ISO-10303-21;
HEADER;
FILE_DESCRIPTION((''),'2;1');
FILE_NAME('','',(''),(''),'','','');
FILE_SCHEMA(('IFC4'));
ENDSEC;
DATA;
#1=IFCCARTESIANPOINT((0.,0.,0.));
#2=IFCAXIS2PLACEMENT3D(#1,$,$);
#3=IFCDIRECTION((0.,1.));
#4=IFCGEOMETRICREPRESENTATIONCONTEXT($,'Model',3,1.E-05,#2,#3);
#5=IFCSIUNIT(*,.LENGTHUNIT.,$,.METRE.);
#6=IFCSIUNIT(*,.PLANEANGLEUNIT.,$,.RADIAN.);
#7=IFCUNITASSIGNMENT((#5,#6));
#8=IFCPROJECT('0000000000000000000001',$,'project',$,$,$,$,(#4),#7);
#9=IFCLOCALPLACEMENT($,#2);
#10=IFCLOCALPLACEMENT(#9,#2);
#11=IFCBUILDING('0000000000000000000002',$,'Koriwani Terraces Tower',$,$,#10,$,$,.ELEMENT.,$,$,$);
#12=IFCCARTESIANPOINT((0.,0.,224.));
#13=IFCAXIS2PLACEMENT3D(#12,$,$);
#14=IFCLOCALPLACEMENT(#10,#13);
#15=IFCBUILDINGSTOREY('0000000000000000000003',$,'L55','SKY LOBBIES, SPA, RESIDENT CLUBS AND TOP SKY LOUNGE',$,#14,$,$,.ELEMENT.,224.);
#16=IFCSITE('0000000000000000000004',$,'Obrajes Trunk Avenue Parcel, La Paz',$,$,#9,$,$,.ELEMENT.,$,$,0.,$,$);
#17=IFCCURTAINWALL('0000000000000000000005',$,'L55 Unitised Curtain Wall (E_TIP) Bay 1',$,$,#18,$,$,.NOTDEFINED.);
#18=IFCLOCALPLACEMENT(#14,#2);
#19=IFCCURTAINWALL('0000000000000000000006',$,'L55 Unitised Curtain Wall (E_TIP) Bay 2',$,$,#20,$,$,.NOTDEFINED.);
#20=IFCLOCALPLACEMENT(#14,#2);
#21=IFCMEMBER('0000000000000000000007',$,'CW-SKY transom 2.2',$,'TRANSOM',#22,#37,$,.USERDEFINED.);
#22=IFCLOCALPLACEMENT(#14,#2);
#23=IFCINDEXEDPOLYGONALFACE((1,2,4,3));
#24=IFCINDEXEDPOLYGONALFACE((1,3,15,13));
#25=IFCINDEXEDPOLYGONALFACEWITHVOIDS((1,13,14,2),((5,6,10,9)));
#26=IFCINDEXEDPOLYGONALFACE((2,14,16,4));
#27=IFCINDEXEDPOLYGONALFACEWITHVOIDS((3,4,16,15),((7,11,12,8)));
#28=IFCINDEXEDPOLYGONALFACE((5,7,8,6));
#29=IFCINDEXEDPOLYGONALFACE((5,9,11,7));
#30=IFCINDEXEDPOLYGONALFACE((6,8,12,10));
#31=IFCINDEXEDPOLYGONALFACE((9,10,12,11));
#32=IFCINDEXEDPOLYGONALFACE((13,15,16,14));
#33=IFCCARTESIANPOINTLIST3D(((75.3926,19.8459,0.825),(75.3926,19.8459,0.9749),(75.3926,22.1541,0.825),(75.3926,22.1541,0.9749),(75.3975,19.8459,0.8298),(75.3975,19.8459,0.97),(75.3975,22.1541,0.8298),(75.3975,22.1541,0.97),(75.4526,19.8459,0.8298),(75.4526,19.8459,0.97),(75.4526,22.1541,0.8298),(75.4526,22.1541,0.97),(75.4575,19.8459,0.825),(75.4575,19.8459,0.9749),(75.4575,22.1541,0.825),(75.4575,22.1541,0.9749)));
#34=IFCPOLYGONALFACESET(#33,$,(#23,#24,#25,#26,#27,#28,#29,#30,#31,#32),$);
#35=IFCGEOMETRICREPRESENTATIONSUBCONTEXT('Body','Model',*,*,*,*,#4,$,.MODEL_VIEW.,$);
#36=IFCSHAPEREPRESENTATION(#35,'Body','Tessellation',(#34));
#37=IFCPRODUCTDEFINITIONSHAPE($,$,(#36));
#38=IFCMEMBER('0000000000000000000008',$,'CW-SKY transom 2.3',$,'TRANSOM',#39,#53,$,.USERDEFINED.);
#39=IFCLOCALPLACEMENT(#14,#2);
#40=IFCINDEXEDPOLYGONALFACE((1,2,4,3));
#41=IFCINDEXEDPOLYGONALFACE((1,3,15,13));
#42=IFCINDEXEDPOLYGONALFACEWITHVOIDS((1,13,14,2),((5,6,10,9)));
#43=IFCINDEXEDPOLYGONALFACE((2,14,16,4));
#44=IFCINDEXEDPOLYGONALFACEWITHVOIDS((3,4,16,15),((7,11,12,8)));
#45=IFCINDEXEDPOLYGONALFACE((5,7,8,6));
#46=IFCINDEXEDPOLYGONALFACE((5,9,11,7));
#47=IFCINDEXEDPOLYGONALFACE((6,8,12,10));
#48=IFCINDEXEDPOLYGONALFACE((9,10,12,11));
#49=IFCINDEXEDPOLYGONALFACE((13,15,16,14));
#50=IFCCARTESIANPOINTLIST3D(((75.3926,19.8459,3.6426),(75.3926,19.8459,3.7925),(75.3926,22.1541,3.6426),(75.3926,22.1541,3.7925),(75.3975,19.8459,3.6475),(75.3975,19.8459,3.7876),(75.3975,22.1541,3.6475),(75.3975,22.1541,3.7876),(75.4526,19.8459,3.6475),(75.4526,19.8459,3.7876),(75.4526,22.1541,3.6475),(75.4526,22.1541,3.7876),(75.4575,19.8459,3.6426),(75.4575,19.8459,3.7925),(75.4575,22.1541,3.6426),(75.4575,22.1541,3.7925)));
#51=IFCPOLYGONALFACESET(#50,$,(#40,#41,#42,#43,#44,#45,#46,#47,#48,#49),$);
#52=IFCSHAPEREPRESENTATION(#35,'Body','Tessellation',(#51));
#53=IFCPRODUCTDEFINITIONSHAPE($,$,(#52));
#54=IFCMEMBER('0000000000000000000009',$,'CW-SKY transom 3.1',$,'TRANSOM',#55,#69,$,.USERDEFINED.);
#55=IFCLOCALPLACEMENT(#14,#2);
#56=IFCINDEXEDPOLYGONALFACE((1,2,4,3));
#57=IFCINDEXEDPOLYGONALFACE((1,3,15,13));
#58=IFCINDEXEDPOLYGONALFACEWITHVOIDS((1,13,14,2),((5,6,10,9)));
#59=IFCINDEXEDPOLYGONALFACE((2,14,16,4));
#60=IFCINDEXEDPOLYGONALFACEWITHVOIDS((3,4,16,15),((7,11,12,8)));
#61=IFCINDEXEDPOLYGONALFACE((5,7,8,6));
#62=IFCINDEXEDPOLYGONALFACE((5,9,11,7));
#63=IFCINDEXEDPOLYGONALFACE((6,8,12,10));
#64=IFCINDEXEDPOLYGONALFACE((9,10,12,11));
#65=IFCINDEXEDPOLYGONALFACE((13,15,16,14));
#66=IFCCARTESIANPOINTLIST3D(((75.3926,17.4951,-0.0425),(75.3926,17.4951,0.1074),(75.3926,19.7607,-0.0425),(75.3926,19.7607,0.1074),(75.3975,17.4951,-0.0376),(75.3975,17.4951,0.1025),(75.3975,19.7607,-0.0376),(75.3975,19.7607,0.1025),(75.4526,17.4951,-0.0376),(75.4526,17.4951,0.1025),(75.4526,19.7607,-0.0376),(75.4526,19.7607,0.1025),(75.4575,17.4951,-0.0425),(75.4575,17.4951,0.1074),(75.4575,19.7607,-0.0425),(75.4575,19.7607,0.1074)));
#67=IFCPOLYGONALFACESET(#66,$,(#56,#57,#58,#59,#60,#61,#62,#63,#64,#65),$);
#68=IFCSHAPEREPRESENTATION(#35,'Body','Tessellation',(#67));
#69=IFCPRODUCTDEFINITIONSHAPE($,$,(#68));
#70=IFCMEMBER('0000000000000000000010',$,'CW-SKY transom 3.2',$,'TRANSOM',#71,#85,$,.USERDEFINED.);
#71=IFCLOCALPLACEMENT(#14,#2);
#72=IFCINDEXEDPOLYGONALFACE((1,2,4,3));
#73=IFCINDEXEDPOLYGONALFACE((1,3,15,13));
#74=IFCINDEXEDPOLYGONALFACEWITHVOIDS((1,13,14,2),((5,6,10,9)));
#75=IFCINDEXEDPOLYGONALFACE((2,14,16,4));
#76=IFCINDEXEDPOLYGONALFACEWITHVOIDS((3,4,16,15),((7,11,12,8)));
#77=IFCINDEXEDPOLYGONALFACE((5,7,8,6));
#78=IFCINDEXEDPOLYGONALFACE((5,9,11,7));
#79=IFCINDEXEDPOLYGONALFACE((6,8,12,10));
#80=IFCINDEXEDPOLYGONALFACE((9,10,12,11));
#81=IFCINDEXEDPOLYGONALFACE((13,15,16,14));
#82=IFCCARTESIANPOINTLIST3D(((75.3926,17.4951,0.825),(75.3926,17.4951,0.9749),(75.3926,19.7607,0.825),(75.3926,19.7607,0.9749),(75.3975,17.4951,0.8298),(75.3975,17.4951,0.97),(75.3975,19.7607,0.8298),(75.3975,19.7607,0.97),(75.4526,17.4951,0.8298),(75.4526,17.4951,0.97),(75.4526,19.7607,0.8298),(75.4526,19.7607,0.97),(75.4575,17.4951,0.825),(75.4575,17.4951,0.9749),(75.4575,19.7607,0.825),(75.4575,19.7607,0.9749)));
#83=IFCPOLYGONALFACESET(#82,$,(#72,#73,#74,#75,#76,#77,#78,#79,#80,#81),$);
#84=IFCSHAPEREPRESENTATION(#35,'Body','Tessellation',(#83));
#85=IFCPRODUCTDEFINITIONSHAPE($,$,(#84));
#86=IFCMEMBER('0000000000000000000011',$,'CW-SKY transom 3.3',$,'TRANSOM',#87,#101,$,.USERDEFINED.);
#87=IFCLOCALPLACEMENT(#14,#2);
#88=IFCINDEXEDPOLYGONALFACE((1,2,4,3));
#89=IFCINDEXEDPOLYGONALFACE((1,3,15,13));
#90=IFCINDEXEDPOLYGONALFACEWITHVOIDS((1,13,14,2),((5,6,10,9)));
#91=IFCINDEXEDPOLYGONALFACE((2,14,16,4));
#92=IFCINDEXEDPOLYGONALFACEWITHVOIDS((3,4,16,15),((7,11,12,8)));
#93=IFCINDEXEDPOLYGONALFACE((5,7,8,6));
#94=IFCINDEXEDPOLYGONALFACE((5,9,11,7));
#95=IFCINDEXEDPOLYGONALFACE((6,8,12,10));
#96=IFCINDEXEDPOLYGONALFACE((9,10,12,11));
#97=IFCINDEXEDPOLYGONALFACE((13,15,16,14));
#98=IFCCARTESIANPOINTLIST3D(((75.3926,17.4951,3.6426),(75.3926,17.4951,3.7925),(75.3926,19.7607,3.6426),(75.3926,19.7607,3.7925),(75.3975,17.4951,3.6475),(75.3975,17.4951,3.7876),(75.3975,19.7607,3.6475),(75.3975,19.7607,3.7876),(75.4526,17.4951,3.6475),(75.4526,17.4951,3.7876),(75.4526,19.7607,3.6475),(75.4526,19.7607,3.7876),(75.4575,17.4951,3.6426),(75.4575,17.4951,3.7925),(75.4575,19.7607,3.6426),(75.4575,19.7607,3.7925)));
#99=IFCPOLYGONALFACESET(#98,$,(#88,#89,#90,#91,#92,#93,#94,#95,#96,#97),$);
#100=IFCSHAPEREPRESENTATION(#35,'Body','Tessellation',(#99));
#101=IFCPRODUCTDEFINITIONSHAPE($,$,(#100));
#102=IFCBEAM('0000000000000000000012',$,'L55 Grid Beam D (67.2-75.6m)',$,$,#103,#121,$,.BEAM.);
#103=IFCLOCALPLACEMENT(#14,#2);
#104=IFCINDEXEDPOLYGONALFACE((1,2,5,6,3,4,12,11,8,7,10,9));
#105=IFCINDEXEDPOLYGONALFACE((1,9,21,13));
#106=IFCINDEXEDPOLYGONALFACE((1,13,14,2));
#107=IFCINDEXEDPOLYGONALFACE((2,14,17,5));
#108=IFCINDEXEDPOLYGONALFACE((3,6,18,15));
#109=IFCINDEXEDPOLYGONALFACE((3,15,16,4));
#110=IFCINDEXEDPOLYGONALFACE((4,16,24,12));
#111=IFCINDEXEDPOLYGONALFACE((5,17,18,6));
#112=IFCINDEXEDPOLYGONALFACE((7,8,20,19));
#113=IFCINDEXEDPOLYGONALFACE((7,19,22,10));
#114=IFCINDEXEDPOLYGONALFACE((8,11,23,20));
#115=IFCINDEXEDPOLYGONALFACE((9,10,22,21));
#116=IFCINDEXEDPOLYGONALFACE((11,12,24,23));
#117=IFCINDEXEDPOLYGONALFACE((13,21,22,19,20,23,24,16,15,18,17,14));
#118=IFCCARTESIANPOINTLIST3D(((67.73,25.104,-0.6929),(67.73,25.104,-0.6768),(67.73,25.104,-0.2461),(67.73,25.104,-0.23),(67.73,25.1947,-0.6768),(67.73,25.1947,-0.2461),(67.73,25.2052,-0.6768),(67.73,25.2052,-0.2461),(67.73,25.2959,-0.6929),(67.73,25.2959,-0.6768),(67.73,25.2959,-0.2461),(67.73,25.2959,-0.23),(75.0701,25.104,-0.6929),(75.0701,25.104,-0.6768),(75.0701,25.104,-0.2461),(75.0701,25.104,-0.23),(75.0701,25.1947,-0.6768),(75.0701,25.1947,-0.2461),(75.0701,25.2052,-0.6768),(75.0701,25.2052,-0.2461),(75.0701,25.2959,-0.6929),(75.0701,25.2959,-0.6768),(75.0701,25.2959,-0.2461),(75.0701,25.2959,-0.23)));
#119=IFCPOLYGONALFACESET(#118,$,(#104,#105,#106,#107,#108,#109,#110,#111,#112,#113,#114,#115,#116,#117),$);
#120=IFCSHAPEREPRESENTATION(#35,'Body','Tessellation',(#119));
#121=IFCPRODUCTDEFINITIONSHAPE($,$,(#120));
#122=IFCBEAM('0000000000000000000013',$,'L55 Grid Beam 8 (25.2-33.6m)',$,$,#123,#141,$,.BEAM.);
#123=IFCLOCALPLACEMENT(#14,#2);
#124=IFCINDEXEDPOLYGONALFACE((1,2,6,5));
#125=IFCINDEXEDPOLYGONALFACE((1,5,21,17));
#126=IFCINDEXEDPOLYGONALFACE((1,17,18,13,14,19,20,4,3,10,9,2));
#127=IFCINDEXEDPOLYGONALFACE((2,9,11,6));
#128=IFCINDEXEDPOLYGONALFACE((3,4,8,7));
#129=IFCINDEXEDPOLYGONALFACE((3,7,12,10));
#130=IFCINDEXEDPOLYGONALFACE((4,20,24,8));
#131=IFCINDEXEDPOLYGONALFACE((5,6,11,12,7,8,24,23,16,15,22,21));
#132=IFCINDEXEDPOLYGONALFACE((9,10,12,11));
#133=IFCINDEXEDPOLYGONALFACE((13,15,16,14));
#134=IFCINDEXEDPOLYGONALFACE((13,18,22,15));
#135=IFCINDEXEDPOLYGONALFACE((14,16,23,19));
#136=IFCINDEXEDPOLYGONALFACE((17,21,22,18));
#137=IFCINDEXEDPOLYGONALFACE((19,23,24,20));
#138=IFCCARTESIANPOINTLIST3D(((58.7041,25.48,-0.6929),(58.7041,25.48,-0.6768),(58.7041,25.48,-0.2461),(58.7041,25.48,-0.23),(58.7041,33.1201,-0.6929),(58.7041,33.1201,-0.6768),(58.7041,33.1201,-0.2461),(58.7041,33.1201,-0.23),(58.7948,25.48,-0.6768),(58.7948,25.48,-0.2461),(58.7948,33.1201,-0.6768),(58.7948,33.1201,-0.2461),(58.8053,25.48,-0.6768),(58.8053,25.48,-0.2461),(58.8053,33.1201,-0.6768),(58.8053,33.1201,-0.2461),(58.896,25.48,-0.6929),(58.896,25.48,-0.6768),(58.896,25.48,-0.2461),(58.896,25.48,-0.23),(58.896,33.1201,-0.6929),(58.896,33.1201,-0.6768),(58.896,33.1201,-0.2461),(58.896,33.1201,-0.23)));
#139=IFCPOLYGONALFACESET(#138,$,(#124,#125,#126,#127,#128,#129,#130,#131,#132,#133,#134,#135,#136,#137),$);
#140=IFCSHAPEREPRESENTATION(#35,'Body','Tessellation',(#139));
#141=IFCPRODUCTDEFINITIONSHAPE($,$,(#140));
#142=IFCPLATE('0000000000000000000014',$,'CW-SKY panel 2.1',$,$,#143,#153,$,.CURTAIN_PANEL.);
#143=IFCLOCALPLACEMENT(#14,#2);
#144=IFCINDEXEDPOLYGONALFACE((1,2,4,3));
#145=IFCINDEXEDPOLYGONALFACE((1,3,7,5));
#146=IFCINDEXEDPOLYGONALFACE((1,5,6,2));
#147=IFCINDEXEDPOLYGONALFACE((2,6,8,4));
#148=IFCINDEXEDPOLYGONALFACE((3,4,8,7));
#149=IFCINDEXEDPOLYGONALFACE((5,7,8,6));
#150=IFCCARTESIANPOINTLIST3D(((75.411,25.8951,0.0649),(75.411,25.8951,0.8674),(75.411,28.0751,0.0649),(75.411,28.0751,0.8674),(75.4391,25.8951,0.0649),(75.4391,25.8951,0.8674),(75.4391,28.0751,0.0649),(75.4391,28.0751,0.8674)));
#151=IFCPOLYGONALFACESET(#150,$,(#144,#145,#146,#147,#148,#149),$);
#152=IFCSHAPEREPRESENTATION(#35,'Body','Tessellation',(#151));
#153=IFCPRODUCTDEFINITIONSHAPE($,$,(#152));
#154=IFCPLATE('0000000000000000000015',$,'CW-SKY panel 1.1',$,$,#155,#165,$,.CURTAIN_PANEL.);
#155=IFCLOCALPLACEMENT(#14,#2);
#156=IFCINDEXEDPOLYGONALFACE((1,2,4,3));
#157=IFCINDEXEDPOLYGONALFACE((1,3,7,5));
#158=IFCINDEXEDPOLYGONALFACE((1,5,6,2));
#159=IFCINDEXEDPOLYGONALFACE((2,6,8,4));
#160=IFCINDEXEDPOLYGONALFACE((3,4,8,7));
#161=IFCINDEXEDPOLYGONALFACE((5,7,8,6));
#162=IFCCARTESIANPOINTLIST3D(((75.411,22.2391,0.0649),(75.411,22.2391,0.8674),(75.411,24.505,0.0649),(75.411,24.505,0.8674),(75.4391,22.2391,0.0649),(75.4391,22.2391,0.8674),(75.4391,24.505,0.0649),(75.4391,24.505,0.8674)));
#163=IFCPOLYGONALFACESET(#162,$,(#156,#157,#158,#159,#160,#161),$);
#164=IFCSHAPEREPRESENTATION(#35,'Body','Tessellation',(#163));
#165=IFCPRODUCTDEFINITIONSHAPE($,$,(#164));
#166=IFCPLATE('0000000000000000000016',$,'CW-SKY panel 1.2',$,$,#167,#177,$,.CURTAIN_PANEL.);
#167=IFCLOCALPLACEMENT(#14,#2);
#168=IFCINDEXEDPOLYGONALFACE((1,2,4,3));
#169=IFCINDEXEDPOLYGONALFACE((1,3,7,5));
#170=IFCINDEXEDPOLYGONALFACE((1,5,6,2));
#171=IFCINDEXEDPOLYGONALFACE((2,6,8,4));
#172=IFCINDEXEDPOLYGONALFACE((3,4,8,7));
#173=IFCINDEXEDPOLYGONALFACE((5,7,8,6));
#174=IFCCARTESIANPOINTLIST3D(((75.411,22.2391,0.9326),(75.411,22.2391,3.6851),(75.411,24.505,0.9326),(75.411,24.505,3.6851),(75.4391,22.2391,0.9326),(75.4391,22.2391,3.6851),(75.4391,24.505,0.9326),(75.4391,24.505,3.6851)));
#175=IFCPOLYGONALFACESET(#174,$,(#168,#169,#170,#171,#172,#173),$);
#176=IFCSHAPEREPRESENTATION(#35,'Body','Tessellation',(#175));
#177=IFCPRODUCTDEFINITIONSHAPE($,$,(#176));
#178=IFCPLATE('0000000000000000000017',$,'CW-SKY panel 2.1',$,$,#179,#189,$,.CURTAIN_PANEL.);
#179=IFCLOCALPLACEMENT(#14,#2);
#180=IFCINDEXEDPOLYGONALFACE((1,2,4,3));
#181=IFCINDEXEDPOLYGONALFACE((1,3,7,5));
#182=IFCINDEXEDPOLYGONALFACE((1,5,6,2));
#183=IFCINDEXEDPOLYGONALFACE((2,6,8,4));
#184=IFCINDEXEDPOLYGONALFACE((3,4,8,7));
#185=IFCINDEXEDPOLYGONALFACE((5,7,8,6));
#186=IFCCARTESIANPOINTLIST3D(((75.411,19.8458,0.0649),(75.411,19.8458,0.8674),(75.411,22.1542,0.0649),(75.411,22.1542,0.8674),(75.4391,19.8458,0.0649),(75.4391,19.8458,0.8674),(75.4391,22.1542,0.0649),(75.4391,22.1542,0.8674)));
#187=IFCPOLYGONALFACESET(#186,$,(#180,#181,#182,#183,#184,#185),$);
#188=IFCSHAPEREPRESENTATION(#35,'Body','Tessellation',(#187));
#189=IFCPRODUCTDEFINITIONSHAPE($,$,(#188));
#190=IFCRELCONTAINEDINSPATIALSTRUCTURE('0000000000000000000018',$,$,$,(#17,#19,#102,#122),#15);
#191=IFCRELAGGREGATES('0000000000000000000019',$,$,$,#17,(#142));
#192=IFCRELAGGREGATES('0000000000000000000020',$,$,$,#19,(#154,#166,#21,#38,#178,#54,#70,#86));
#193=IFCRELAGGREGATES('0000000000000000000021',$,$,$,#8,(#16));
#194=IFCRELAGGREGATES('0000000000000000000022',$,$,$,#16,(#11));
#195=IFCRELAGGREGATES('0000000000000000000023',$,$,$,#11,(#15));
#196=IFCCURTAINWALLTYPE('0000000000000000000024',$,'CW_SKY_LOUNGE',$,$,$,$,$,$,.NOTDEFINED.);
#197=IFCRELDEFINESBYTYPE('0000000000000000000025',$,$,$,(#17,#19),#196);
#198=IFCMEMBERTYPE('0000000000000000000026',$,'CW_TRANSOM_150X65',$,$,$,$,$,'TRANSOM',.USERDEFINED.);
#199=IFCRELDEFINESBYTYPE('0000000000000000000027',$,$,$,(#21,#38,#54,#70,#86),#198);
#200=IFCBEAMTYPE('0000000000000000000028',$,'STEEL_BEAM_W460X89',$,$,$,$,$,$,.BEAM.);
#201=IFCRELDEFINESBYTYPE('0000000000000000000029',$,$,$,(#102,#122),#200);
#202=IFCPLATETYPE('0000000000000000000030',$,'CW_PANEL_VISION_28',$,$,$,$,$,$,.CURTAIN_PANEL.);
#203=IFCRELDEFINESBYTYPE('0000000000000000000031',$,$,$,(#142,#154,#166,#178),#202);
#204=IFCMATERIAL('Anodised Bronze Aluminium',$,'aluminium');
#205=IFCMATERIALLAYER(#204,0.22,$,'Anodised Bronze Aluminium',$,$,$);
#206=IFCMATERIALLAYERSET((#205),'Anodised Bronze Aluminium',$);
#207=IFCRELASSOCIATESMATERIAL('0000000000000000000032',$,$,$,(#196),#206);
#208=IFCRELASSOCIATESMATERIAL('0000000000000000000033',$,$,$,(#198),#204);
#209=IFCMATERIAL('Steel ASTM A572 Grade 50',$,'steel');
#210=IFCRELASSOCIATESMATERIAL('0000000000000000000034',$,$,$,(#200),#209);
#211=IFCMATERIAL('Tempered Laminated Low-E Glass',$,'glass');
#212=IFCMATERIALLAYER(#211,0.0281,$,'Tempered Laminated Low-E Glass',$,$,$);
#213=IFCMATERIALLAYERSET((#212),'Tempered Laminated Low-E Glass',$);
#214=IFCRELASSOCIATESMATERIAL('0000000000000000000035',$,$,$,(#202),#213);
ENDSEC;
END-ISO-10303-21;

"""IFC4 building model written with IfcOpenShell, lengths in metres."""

from ifc_helpers import new_model, si_unit, direction, frame, origin, origin_2d, place, context, subcontext, project, spatial, rectangle, hollow_rectangle, i_section, extrude, material, layer, layer_set, material_profile, profile_set, type_object, element, aggregate, save


model = new_model("IFC4")

# Units and contexts
model_context = context("Model", 3, precision=1e-05, world=origin(), true_north=direction((0.0, 1.0)))
body_context = subcontext(model_context, "Body", "Model", "MODEL_VIEW")
ifc_project = project(units=[si_unit("LENGTHUNIT", "METRE"), si_unit("PLANEANGLEUNIT", "RADIAN")], contexts=[model_context])

# Site, building, storey
site_placement = place(None, origin())
site = spatial("IfcSite", under=ifc_project, at=site_placement, Name="Obrajes Trunk Avenue Parcel, La Paz", CompositionType="ELEMENT", RefElevation=0.0)
building_placement = place(site_placement, origin())
building = spatial("IfcBuilding", under=site, at=building_placement, Name="Koriwani Terraces Tower", CompositionType="ELEMENT")
storey_placement = place(building_placement, frame((0.0, 0.0, 224.0)))
storey = spatial("IfcBuildingStorey", under=building, at=storey_placement, Name="L55", Description="SKY LOBBIES, SPA, RESIDENT CLUBS AND TOP SKY LOUNGE", CompositionType="ELEMENT", Elevation=224.0)

# Curtain wall
ifc_material_1 = material(Name="Anodised Bronze Aluminium", Category="aluminium")
ifc_layer_1 = layer(ifc_material_1, 0.22, Name="Anodised Bronze Aluminium")
ifc_layer_set_1 = layer_set([ifc_layer_1], Name="Anodised Bronze Aluminium")
curtain_wall_type = type_object("IfcCurtainWallType", Name="CW_SKY_LOUNGE", PredefinedType="NOTDEFINED", material=ifc_layer_set_1)
curtain_wall_1_placement = place(storey_placement, origin())
curtain_wall_1 = element("IfcCurtainWall", 1, at=curtain_wall_1_placement, inside=storey, type_object=curtain_wall_type, Name="L55 Unitised Curtain Wall (E_TIP) Bay 1", PredefinedType="NOTDEFINED")

# Curtain wall, members
curtain_wall_2_placement = place(storey_placement, origin())
curtain_wall_2 = element("IfcCurtainWall", 2, at=curtain_wall_2_placement, inside=storey, type_object=curtain_wall_type, Name="L55 Unitised Curtain Wall (E_TIP) Bay 2", PredefinedType="NOTDEFINED")
ifc_material_profile_1 = material_profile(ifc_material_1, hollow_rectangle(XDim=0.0649, YDim=0.1499, WallThickness=0.0049, at=origin_2d()), Name="Anodised Bronze Aluminium", Category="LoadBearing")
ifc_profile_set_1 = profile_set([ifc_material_profile_1], Name="Anodised Bronze Aluminium")
member_type_1 = type_object("IfcMemberType", Name="CW_TRANSOM_150X65", ElementType="TRANSOM", PredefinedType="USERDEFINED", material=ifc_profile_set_1)
member_1_placement = place(storey_placement, frame((75.425, 22.1541, 0.8999), z_axis=(0.0, -1.0, 0.0), x_axis=(1.0, 0.0, 0.0)))
member_1 = element("IfcMember", 3, at=member_1_placement, type_object=member_type_1, Name="CW-SKY transom 2.2", ObjectType="TRANSOM", PredefinedType="USERDEFINED", context=body_context, shape_type="SweptSolid", body=[
    extrude(hollow_rectangle(XDim=0.0649, YDim=0.1499, WallThickness=0.0049, at=origin_2d()), origin(), (0.0, 0.0, 1.0), 2.3081),
])
member_2_placement = place(storey_placement, frame((75.425, 22.1541, 3.7175), z_axis=(0.0, -1.0, 0.0), x_axis=(1.0, 0.0, 0.0)))
member_2 = element("IfcMember", 4, at=member_2_placement, type_object=member_type_1, Name="CW-SKY transom 2.3", ObjectType="TRANSOM", PredefinedType="USERDEFINED", context=body_context, shape_type="SweptSolid", body=[
    extrude(hollow_rectangle(XDim=0.0649, YDim=0.1499, WallThickness=0.0049, at=origin_2d()), origin(), (0.0, 0.0, 1.0), 2.3081),
])
member_3_placement = place(storey_placement, frame((75.425, 19.7607, 0.0325), z_axis=(0.0, -1.0, 0.0), x_axis=(1.0, 0.0, 0.0)))
member_3 = element("IfcMember", 5, at=member_3_placement, type_object=member_type_1, Name="CW-SKY transom 3.1", ObjectType="TRANSOM", PredefinedType="USERDEFINED", context=body_context, shape_type="SweptSolid", body=[
    extrude(hollow_rectangle(XDim=0.0649, YDim=0.1499, WallThickness=0.0049, at=origin_2d()), origin(), (0.0, 0.0, 1.0), 2.2656),
])
member_4_placement = place(storey_placement, frame((75.425, 19.7607, 0.8999), z_axis=(0.0, -1.0, 0.0), x_axis=(1.0, 0.0, 0.0)))
member_4 = element("IfcMember", 6, at=member_4_placement, type_object=member_type_1, Name="CW-SKY transom 3.2", ObjectType="TRANSOM", PredefinedType="USERDEFINED", context=body_context, shape_type="SweptSolid", body=[
    extrude(hollow_rectangle(XDim=0.0649, YDim=0.1499, WallThickness=0.0049, at=origin_2d()), origin(), (0.0, 0.0, 1.0), 2.2656),
])
member_5_placement = place(storey_placement, frame((75.425, 19.7607, 3.7175), z_axis=(0.0, -1.0, 0.0), x_axis=(1.0, 0.0, 0.0)))
member_5 = element("IfcMember", 7, at=member_5_placement, type_object=member_type_1, Name="CW-SKY transom 3.3", ObjectType="TRANSOM", PredefinedType="USERDEFINED", context=body_context, shape_type="SweptSolid", body=[
    extrude(hollow_rectangle(XDim=0.0649, YDim=0.1499, WallThickness=0.0049, at=origin_2d()), origin(), (0.0, 0.0, 1.0), 2.2656),
])

# Beams
ifc_material_2 = material(Name="Steel ASTM A572 Grade 50", Category="steel")
ifc_material_profile_2 = material_profile(ifc_material_2, i_section(OverallWidth=0.1919, OverallDepth=0.4629, WebThickness=0.0105, FlangeThickness=0.0161, at=origin_2d()), Name="Steel ASTM A572 Grade 50", Category="LoadBearing")
ifc_profile_set_2 = profile_set([ifc_material_profile_2], Name="Steel ASTM A572 Grade 50")
beam_type_1 = type_object("IfcBeamType", Name="STEEL_BEAM_W460X89", PredefinedType="BEAM", material=ifc_profile_set_2)
beam_1_placement = place(storey_placement, frame((67.73, 25.2, -0.4614), z_axis=(1.0, 0.0, 0.0), x_axis=(0.0, 1.0, 0.0)))
element("IfcBeam", 8, at=beam_1_placement, inside=storey, type_object=beam_type_1, Name="L55 Grid Beam D (67.2-75.6m)", PredefinedType="BEAM", context=body_context, shape_type="SweptSolid", body=[
    extrude(i_section(OverallWidth=0.1919, OverallDepth=0.4629, WebThickness=0.0105, FlangeThickness=0.0161, at=origin_2d()), origin(), (0.0, 0.0, 1.0), 7.3401),
])
beam_2_placement = place(storey_placement, frame((58.8, 25.48, -0.4614), z_axis=(0.0, 1.0, 0.0), x_axis=(-1.0, 0.0, 0.0)))
element("IfcBeam", 9, at=beam_2_placement, inside=storey, type_object=beam_type_1, Name="L55 Grid Beam 8 (25.2-33.6m)", PredefinedType="BEAM", context=body_context, shape_type="SweptSolid", body=[
    extrude(i_section(OverallWidth=0.1919, OverallDepth=0.4629, WebThickness=0.0105, FlangeThickness=0.0161, at=origin_2d()), origin(), (0.0, 0.0, 1.0), 7.6401),
])

# Plates
ifc_material_3 = material(Name="Tempered Laminated Low-E Glass", Category="glass")
ifc_layer_2 = layer(ifc_material_3, 0.0281, Name="Tempered Laminated Low-E Glass")
ifc_layer_set_2 = layer_set([ifc_layer_2], Name="Tempered Laminated Low-E Glass")
plate_type = type_object("IfcPlateType", Name="CW_PANEL_VISION_28", PredefinedType="CURTAIN_PANEL", material=ifc_layer_set_2)
plate_1_placement = place(storey_placement, frame((75.425, 26.9851, 0.0649), z_axis=(0.0, 0.0, 1.0), x_axis=(0.0, -1.0, 0.0)))
plate_1 = element("IfcPlate", 10, at=plate_1_placement, type_object=plate_type, Name="CW-SKY panel 2.1", PredefinedType="CURTAIN_PANEL", context=body_context, shape_type="SweptSolid", body=[
    extrude(rectangle(XDim=2.1799, YDim=0.0281, at=origin_2d()), origin(), (0.0, 0.0, 1.0), 0.8025),
])
aggregate(curtain_wall_1, [plate_1])
plate_2_placement = place(storey_placement, frame((75.425, 23.3721, 0.0649), z_axis=(0.0, 0.0, 1.0), x_axis=(0.0, -1.0, 0.0)))
plate_2 = element("IfcPlate", 11, at=plate_2_placement, type_object=plate_type, Name="CW-SKY panel 1.1", PredefinedType="CURTAIN_PANEL", context=body_context, shape_type="SweptSolid", body=[
    extrude(rectangle(XDim=2.2659, YDim=0.0281, at=origin_2d()), origin(), (0.0, 0.0, 1.0), 0.8025),
])
plate_3_placement = place(storey_placement, frame((75.425, 23.3721, 0.9326), z_axis=(0.0, 0.0, 1.0), x_axis=(0.0, -1.0, 0.0)))
plate_3 = element("IfcPlate", 12, at=plate_3_placement, type_object=plate_type, Name="CW-SKY panel 1.2", PredefinedType="CURTAIN_PANEL", context=body_context, shape_type="SweptSolid", body=[
    extrude(rectangle(XDim=2.2659, YDim=0.0281, at=origin_2d()), origin(), (0.0, 0.0, 1.0), 2.7524),
])
plate_4_placement = place(storey_placement, frame((75.425, 21.0, 0.0649), z_axis=(0.0, 0.0, 1.0), x_axis=(0.0, -1.0, 0.0)))
plate_4 = element("IfcPlate", 13, at=plate_4_placement, type_object=plate_type, Name="CW-SKY panel 2.1", PredefinedType="CURTAIN_PANEL", context=body_context, shape_type="SweptSolid", body=[
    extrude(rectangle(XDim=2.3083, YDim=0.0281, at=origin_2d()), origin(), (0.0, 0.0, 1.0), 0.8025),
])
aggregate(curtain_wall_2, [plate_2, plate_3, member_1, member_2, plate_4, member_3, member_4, member_5])

save(model, "model.ifc")
